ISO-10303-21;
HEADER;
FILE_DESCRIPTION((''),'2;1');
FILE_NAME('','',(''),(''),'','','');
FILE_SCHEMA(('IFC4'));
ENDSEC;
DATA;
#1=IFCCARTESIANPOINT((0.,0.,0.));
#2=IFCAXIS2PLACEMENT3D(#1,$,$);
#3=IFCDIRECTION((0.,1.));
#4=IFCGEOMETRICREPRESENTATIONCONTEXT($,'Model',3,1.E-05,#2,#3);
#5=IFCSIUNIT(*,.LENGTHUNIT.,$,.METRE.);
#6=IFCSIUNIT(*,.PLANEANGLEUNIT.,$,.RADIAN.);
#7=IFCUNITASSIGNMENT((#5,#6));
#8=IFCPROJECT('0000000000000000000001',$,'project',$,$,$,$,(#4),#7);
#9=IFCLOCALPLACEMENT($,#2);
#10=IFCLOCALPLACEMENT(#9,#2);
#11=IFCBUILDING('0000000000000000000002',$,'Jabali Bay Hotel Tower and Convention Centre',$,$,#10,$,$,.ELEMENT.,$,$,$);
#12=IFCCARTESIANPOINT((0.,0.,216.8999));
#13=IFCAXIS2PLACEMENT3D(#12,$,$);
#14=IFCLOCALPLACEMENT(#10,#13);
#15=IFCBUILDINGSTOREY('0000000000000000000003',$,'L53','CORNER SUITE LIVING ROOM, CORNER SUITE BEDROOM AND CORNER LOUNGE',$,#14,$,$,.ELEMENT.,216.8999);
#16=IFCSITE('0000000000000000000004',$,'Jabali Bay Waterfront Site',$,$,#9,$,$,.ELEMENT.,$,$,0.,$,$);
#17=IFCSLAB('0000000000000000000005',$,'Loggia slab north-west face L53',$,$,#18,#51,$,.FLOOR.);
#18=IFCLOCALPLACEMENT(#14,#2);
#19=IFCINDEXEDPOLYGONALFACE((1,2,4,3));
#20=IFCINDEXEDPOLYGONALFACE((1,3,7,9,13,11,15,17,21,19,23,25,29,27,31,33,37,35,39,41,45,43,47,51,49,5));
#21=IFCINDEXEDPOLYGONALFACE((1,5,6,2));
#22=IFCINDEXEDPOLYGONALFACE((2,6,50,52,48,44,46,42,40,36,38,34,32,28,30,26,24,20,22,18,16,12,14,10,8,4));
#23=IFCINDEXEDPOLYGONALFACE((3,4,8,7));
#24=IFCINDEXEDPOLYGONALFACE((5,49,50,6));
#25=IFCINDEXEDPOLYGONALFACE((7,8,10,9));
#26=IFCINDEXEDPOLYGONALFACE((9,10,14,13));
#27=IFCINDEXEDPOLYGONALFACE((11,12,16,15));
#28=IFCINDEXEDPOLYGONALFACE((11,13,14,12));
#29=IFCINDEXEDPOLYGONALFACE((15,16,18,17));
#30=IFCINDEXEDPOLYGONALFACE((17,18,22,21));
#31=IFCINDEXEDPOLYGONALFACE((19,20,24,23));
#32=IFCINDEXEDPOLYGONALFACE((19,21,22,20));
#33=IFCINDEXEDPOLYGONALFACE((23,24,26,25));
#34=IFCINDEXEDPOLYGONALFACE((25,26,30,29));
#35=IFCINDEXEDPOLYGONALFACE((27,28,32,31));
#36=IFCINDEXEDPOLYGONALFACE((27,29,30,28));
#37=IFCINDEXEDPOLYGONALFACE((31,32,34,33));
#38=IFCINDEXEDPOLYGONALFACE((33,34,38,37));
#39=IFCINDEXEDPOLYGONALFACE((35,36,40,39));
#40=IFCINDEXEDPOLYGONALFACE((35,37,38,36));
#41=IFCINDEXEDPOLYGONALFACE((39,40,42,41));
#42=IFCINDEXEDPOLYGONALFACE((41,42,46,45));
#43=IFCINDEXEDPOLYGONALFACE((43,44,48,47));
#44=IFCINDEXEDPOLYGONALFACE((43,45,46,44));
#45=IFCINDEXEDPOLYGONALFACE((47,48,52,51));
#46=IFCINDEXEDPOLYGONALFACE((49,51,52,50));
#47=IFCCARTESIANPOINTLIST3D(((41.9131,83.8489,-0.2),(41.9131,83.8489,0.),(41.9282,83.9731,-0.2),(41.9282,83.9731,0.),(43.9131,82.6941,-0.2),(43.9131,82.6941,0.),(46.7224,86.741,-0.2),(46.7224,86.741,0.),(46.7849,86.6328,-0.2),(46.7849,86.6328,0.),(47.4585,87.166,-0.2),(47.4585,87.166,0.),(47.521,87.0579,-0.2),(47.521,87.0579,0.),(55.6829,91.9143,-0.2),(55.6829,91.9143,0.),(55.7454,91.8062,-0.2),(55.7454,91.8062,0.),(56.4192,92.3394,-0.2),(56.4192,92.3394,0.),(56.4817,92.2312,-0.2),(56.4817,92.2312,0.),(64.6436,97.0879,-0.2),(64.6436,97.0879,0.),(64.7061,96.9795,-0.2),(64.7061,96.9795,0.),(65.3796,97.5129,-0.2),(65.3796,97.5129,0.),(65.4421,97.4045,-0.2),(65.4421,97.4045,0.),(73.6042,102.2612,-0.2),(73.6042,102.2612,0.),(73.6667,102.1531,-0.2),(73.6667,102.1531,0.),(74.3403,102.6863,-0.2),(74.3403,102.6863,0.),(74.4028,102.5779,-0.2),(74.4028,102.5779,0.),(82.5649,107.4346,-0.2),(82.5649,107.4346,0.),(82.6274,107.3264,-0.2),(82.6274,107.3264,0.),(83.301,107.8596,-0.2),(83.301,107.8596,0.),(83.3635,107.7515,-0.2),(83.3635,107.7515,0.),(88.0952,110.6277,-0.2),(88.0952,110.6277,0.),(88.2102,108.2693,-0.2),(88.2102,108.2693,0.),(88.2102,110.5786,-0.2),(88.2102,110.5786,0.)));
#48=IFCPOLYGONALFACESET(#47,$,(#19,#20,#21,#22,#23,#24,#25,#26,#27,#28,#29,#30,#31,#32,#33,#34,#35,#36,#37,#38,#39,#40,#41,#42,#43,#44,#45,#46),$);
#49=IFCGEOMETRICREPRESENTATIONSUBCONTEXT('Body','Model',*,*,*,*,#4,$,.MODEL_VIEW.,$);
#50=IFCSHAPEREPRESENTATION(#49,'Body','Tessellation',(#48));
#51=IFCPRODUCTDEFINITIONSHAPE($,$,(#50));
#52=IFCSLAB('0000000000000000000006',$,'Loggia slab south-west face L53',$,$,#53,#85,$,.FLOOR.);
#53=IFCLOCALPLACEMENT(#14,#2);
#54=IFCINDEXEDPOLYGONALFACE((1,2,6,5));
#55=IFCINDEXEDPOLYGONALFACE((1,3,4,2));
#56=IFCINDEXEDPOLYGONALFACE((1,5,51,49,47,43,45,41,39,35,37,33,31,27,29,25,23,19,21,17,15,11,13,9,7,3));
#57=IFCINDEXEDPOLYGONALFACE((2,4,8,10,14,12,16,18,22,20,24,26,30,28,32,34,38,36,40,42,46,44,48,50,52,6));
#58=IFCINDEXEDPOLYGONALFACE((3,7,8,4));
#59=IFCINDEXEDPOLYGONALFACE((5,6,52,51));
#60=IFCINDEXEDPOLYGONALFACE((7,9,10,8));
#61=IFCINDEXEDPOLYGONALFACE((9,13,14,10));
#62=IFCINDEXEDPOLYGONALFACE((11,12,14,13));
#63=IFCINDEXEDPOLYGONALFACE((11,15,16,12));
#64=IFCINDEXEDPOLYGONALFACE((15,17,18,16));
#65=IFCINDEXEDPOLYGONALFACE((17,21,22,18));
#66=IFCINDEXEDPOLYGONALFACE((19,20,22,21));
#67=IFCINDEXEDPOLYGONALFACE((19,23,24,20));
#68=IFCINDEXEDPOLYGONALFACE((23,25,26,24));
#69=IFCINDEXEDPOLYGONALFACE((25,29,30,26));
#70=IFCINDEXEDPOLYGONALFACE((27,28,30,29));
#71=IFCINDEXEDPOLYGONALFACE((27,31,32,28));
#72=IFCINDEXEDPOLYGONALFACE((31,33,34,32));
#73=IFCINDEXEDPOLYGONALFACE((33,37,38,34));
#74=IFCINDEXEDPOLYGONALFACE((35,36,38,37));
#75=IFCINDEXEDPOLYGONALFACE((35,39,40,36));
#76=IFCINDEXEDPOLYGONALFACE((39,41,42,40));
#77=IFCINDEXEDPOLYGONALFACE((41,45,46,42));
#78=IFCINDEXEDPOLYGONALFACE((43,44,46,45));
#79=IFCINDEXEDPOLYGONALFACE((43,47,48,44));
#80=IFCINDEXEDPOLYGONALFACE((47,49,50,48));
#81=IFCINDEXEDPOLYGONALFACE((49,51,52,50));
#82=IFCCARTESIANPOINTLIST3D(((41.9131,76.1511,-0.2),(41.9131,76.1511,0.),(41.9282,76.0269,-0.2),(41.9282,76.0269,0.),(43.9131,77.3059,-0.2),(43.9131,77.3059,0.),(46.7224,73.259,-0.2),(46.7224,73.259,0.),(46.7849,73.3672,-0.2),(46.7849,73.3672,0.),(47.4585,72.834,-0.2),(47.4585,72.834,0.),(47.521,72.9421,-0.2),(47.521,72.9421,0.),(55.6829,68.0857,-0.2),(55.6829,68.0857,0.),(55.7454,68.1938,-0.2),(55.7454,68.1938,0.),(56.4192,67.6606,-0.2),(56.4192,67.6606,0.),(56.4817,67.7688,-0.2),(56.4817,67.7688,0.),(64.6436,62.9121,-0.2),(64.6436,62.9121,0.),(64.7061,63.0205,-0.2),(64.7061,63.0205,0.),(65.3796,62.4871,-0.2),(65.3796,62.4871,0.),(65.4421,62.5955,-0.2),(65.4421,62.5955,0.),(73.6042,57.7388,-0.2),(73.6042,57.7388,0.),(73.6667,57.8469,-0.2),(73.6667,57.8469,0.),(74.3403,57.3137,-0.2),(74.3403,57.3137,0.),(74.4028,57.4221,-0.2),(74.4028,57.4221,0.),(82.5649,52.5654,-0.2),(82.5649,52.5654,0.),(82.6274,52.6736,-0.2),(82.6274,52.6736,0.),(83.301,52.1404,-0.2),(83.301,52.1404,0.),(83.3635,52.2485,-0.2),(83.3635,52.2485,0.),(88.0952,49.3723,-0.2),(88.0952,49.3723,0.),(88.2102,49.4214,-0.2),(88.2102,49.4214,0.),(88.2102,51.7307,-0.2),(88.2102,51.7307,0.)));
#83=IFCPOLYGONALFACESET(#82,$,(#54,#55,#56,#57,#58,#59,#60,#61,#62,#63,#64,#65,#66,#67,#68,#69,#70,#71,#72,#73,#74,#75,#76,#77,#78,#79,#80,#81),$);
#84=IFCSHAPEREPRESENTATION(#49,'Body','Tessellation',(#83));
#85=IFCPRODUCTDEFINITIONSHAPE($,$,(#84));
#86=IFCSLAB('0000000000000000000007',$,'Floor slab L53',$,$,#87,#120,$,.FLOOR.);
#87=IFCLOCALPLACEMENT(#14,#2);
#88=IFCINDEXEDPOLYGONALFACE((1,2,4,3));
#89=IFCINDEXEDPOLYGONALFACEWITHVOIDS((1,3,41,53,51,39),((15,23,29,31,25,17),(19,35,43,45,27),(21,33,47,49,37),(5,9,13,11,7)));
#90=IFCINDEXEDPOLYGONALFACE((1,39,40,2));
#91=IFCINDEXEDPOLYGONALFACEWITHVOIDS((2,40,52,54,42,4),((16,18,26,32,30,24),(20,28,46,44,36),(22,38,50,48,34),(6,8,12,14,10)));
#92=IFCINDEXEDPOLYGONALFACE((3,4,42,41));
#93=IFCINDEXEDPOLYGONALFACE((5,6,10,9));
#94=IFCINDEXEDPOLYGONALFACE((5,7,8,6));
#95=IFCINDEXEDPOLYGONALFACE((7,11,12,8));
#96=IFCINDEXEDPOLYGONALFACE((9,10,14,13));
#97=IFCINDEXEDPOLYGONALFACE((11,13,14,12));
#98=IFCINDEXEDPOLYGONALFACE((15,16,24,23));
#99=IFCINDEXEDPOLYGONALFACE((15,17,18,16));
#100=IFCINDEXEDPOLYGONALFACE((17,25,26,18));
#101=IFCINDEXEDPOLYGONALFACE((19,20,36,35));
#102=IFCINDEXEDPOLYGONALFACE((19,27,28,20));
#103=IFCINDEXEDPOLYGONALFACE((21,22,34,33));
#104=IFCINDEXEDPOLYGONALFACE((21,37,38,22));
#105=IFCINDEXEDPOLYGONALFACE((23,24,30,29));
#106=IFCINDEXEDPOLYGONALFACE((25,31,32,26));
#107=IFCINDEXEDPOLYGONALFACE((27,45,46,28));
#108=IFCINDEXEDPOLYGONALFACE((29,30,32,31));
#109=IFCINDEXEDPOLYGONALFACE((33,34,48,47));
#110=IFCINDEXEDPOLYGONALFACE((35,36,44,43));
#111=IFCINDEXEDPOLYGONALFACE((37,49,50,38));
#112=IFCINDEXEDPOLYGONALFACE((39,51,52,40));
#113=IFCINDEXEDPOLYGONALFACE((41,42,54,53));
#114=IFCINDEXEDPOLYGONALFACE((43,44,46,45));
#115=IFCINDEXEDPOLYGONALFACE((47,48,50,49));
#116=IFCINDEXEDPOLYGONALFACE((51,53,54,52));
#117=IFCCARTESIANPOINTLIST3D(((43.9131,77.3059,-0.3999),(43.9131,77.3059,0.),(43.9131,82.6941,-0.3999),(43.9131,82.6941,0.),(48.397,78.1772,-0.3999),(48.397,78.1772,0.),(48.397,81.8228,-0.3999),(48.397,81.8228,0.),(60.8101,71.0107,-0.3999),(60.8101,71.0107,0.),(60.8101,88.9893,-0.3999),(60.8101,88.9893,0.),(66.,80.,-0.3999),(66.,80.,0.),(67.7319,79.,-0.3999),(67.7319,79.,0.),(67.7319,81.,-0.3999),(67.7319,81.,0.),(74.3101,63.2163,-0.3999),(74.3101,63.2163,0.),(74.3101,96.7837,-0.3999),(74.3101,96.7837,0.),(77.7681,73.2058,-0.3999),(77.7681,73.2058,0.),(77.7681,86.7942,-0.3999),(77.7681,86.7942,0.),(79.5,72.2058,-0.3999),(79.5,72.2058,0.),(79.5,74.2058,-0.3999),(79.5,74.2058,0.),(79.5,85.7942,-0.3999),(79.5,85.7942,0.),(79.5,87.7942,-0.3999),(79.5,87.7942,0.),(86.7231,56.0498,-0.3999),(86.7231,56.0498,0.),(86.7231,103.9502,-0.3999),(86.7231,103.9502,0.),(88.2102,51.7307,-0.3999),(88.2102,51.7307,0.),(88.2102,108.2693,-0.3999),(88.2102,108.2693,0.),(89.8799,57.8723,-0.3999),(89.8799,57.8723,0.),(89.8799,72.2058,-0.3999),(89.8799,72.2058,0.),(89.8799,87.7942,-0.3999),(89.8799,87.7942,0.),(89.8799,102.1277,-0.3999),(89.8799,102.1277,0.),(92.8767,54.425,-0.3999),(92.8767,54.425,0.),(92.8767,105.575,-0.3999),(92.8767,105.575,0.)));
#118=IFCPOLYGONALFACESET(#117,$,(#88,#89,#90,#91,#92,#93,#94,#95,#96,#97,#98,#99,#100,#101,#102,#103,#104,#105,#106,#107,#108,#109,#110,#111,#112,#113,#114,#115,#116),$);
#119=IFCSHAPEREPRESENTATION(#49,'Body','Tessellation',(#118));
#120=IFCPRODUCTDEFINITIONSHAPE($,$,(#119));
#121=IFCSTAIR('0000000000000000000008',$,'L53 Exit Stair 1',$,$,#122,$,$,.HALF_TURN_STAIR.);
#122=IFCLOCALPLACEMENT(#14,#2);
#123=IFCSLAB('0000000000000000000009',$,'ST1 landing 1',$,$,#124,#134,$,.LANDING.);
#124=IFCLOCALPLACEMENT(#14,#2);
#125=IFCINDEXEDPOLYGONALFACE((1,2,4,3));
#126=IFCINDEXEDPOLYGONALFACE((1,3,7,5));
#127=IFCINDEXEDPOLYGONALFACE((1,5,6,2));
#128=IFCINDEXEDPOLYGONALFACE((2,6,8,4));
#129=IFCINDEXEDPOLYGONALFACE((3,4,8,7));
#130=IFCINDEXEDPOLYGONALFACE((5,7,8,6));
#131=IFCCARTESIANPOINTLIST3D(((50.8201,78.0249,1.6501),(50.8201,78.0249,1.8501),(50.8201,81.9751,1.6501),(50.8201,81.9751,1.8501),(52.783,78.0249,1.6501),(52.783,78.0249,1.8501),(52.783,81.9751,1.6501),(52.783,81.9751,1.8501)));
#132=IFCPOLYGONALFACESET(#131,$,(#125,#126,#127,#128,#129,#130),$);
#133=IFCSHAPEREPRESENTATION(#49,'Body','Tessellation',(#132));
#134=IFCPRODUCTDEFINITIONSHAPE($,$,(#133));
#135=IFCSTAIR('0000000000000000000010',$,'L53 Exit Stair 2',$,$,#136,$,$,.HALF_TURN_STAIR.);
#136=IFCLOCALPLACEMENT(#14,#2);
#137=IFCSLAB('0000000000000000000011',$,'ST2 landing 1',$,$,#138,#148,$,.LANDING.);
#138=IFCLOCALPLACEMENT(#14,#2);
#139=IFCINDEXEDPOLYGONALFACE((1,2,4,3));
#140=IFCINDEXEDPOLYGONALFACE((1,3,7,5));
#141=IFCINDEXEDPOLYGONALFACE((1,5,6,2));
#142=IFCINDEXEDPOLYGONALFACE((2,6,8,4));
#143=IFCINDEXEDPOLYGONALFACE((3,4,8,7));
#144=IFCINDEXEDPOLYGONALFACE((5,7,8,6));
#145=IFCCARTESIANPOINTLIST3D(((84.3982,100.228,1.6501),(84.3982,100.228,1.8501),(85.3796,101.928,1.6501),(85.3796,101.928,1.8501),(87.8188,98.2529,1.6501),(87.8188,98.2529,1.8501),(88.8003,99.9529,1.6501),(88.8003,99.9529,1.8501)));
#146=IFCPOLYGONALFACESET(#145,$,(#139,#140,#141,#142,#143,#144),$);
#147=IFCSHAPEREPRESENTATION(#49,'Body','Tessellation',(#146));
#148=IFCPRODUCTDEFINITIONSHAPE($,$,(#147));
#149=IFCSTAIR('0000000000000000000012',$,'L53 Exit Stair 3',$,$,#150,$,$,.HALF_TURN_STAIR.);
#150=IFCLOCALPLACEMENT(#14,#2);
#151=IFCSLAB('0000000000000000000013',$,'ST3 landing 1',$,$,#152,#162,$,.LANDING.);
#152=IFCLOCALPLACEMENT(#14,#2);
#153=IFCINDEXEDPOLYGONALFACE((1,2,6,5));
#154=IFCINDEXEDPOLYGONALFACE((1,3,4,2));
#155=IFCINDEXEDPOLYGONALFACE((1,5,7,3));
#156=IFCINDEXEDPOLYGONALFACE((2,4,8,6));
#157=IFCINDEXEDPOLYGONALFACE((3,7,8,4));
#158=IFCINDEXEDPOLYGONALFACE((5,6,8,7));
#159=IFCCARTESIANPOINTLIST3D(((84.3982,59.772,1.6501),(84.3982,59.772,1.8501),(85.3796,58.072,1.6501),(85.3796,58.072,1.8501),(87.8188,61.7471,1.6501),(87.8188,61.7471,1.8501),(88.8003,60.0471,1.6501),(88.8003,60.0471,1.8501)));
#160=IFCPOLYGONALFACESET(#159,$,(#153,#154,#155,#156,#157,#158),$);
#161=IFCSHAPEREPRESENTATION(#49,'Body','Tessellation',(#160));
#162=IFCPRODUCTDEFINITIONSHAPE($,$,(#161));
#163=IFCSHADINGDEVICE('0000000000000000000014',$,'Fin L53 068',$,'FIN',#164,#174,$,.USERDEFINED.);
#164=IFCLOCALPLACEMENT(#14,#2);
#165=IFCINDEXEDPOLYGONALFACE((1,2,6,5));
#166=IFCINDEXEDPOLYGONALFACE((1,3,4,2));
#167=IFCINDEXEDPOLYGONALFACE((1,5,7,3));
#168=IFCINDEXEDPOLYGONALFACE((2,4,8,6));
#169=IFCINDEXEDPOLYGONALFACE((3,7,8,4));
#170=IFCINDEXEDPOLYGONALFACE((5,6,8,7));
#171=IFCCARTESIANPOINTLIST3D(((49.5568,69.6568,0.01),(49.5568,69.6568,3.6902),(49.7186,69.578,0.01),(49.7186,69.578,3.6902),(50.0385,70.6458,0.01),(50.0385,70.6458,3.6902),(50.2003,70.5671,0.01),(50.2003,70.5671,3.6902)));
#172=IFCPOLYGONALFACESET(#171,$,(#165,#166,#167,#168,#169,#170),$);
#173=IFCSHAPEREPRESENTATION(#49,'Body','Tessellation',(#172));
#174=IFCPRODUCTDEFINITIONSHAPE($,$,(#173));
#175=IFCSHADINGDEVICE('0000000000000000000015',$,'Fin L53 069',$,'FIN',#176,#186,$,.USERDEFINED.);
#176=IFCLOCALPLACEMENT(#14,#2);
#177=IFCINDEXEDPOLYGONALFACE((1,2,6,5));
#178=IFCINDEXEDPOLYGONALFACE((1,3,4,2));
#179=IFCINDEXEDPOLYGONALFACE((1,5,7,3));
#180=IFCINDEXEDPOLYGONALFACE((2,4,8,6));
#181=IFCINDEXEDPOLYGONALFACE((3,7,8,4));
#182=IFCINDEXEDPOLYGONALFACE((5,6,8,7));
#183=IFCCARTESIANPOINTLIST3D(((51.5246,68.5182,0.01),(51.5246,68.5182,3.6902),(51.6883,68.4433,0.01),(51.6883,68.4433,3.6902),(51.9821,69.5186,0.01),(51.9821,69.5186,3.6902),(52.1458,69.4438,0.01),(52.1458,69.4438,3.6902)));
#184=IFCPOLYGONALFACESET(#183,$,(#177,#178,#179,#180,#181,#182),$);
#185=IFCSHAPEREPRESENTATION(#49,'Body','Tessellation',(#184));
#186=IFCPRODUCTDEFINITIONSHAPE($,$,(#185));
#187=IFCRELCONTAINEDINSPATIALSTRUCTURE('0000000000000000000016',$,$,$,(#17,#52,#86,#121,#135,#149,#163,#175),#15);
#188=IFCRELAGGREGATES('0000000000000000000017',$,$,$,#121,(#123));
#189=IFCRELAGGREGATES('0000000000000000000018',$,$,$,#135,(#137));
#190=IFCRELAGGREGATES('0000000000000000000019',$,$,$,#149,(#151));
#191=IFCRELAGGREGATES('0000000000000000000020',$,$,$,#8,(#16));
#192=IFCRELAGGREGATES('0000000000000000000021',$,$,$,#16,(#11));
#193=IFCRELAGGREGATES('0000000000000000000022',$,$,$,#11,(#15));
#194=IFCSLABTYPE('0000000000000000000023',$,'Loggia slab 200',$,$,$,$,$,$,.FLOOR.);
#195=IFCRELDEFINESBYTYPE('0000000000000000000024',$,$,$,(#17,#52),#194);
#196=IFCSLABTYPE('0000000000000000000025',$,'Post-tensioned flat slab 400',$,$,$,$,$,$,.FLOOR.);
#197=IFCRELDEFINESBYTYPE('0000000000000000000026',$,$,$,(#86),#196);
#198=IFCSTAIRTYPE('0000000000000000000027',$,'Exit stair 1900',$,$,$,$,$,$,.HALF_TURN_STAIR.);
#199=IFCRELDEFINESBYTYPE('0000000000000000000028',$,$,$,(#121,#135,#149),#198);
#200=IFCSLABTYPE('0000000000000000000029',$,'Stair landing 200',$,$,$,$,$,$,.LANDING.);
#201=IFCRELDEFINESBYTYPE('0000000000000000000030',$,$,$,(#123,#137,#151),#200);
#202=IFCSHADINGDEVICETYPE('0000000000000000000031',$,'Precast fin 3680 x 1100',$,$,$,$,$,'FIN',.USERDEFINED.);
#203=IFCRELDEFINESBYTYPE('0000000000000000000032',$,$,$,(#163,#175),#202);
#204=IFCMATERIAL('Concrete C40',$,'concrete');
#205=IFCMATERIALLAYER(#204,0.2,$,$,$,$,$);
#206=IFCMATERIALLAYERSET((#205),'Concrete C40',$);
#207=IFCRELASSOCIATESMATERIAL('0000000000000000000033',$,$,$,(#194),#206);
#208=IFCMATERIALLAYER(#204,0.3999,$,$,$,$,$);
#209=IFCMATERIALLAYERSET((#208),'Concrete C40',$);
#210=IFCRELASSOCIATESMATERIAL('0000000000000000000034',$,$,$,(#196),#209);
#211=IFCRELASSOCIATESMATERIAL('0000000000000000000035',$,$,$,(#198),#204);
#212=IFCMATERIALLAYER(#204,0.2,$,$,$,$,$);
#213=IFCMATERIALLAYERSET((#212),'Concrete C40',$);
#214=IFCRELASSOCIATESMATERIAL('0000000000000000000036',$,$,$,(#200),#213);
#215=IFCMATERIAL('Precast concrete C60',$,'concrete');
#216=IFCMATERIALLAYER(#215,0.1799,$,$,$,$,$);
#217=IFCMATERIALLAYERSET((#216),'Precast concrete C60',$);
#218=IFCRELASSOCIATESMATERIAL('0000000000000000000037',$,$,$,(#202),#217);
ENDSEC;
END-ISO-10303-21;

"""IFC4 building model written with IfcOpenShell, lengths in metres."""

from ifc_helpers import new_model, si_unit, direction, frame, frame_2d, origin, place, context, subcontext, project, spatial, polyline, rectangle, outline, extrude, material, layer, layer_set, type_object, element, aggregate, save


model = new_model("IFC4")

# Units and contexts
model_context = context("Model", 3, precision=1e-05, world=origin(), true_north=direction((0.0, 1.0)))
body_context = subcontext(model_context, "Body", "Model", "MODEL_VIEW")
ifc_project = project(units=[si_unit("LENGTHUNIT", "METRE"), si_unit("PLANEANGLEUNIT", "RADIAN")], contexts=[model_context])

# Site, building, storey
site_placement = place(None, origin())
site = spatial("IfcSite", under=ifc_project, at=site_placement, Name="Jabali Bay Waterfront Site", CompositionType="ELEMENT", RefElevation=0.0)
building_placement = place(site_placement, origin())
building = spatial("IfcBuilding", under=site, at=building_placement, Name="Jabali Bay Hotel Tower and Convention Centre", CompositionType="ELEMENT")
storey_placement = place(building_placement, frame((0.0, 0.0, 216.8999)))
storey = spatial("IfcBuildingStorey", under=building, at=storey_placement, Name="L53", Description="CORNER SUITE LIVING ROOM, CORNER SUITE BEDROOM AND CORNER LOUNGE", CompositionType="ELEMENT", Elevation=216.8999)

# Slabs
ifc_material_1 = material(Name="Concrete C40", Category="concrete")
ifc_layer_1 = layer(ifc_material_1, 0.2)
ifc_layer_set_1 = layer_set([ifc_layer_1], Name="Concrete C40")
slab_type_1 = type_object("IfcSlabType", Name="Loggia slab 200", PredefinedType="FLOOR", material=ifc_layer_set_1)
slab_1_placement = place(storey_placement, frame((0.0, 0.0, -0.2)))
element("IfcSlab", 1, at=slab_1_placement, inside=storey, type_object=slab_type_1, Name="Loggia slab north-west face L53", PredefinedType="FLOOR", context=body_context, shape_type="SweptSolid", body=[
    extrude(outline(polyline([(43.9131, 82.6941), (41.9131, 83.8489), (41.9282, 83.9731), (46.7224, 86.741), (46.7849, 86.6328), (47.521, 87.0579), (47.4585, 87.166), (55.6829, 91.9143), (55.7454, 91.8062), (56.4817, 92.2312), (56.4192, 92.3394), (64.6436, 97.0879), (64.7061, 96.9795), (65.4421, 97.4045), (65.3796, 97.5129), (73.6042, 102.2612), (73.6667, 102.1531), (74.4028, 102.5779), (74.3403, 102.6863), (82.5649, 107.4346), (82.6274, 107.3264), (83.3635, 107.7515), (83.301, 107.8596), (88.0952, 110.6277), (88.2102, 110.5786), (88.2102, 108.2693), (43.9131, 82.6941)])), origin(), (0.0, 0.0, 1.0), 0.2),
])
slab_2_placement = place(storey_placement, frame((0.0, 0.0, -0.2)))
element("IfcSlab", 2, at=slab_2_placement, inside=storey, type_object=slab_type_1, Name="Loggia slab south-west face L53", PredefinedType="FLOOR", context=body_context, shape_type="SweptSolid", body=[
    extrude(outline(polyline([(88.2102, 51.7307), (88.2102, 49.4214), (88.0952, 49.3723), (83.301, 52.1404), (83.3635, 52.2485), (82.6274, 52.6736), (82.5649, 52.5654), (74.3403, 57.3137), (74.4028, 57.4221), (73.6667, 57.8469), (73.6042, 57.7388), (65.3796, 62.4871), (65.4421, 62.5955), (64.7061, 63.0205), (64.6436, 62.9121), (56.4192, 67.6606), (56.4817, 67.7688), (55.7454, 68.1938), (55.6829, 68.0857), (47.4585, 72.834), (47.521, 72.9421), (46.7849, 73.3672), (46.7224, 73.259), (41.9282, 76.0269), (41.9131, 76.1511), (43.9131, 77.3059), (88.2102, 51.7307)])), origin(), (0.0, 0.0, 1.0), 0.2),
])
ifc_layer_2 = layer(ifc_material_1, 0.3999)
ifc_layer_set_2 = layer_set([ifc_layer_2], Name="Concrete C40")
slab_type_2 = type_object("IfcSlabType", Name="Post-tensioned flat slab 400", PredefinedType="FLOOR", material=ifc_layer_set_2)
slab_3_placement = place(storey_placement, frame((0.0, 0.0, -0.3999)))
element("IfcSlab", 3, at=slab_3_placement, inside=storey, type_object=slab_type_2, Name="Floor slab L53", PredefinedType="FLOOR", context=body_context, shape_type="SweptSolid", body=[
    extrude(outline(polyline([(88.2102, 108.2693), (92.8767, 105.575), (92.8767, 54.425), (88.2102, 51.7307), (43.9131, 77.3059), (43.9131, 82.6941), (88.2102, 108.2693)]), holes=[polyline([(67.7319, 79.0), (77.7681, 73.2058), (79.5, 74.2058), (79.5, 85.7942), (77.7681, 86.7942), (67.7319, 81.0), (67.7319, 79.0)]), polyline([(48.397, 78.1772), (60.8101, 71.0107), (66.0, 80.0), (60.8101, 88.9893), (48.397, 81.8228), (48.397, 78.1772)]), polyline([(89.8799, 102.1277), (86.7231, 103.9502), (74.3101, 96.7837), (79.5, 87.7942), (89.8799, 87.7942), (89.8799, 102.1277)]), polyline([(74.3101, 63.2163), (86.7231, 56.0498), (89.8799, 57.8723), (89.8799, 72.2058), (79.5, 72.2058), (74.3101, 63.2163)])]), origin(), (0.0, 0.0, 1.0), 0.3999),
])

# Stairs, slabs
stair_type = type_object("IfcStairType", Name="Exit stair 1900", PredefinedType="HALF_TURN_STAIR", material=ifc_material_1)
stair_1_placement = place(storey_placement, origin())
stair_1 = element("IfcStair", 4, at=stair_1_placement, inside=storey, type_object=stair_type, Name="L53 Exit Stair 1", PredefinedType="HALF_TURN_STAIR")
ifc_layer_3 = layer(ifc_material_1, 0.2)
ifc_layer_set_3 = layer_set([ifc_layer_3], Name="Concrete C40")
slab_type_3 = type_object("IfcSlabType", Name="Stair landing 200", PredefinedType="LANDING", material=ifc_layer_set_3)
slab_4_placement = place(storey_placement, frame((0.0, 0.0, 1.6501)))
slab_4 = element("IfcSlab", 5, at=slab_4_placement, type_object=slab_type_3, Name="ST1 landing 1", PredefinedType="LANDING", context=body_context, shape_type="SweptSolid", body=[
    extrude(outline(polyline([(52.783, 81.9751), (50.8201, 81.9751), (50.8201, 78.0249), (52.783, 78.0249), (52.783, 81.9751)])), origin(), (0.0, 0.0, 1.0), 0.2),
])
aggregate(stair_1, [slab_4])
stair_2_placement = place(storey_placement, origin())
stair_2 = element("IfcStair", 6, at=stair_2_placement, inside=storey, type_object=stair_type, Name="L53 Exit Stair 2", PredefinedType="HALF_TURN_STAIR")
slab_5_placement = place(storey_placement, frame((0.0, 0.0, 1.6501)))
slab_5 = element("IfcSlab", 7, at=slab_5_placement, type_object=slab_type_3, Name="ST2 landing 1", PredefinedType="LANDING", context=body_context, shape_type="SweptSolid", body=[
    extrude(outline(polyline([(87.8188, 98.2529), (88.8003, 99.9529), (85.3796, 101.928), (84.3982, 100.228), (87.8188, 98.2529)])), origin(), (0.0, 0.0, 1.0), 0.2),
])
aggregate(stair_2, [slab_5])
stair_3_placement = place(storey_placement, origin())
stair_3 = element("IfcStair", 8, at=stair_3_placement, inside=storey, type_object=stair_type, Name="L53 Exit Stair 3", PredefinedType="HALF_TURN_STAIR")
slab_6_placement = place(storey_placement, frame((0.0, 0.0, 1.6501)))
slab_6 = element("IfcSlab", 9, at=slab_6_placement, type_object=slab_type_3, Name="ST3 landing 1", PredefinedType="LANDING", context=body_context, shape_type="SweptSolid", body=[
    extrude(outline(polyline([(84.3982, 59.772), (85.3796, 58.072), (88.8003, 60.0471), (87.8188, 61.7471), (84.3982, 59.772)])), origin(), (0.0, 0.0, 1.0), 0.2),
])
aggregate(stair_3, [slab_6])

# Shading devices
ifc_material_2 = material(Name="Precast concrete C60", Category="concrete")
ifc_layer_4 = layer(ifc_material_2, 0.1799)
ifc_layer_set_4 = layer_set([ifc_layer_4], Name="Precast concrete C60")
shading_device_type = type_object("IfcShadingDeviceType", Name="Precast fin 3680 x 1100", ElementType="FIN", PredefinedType="USERDEFINED", material=ifc_layer_set_4)
for number, where, z_axis, x_axis, name in (
    (10, (50.1194, 70.6064, 0.01), (0.0, 0.0, 1.0), (-0.437868, -0.899039, 0.0), "Fin L53 068"),
    (11, (52.064, 69.4812, 0.01), (0.0, 0.0, 1.0), (-0.415875, -0.909422, 0.0), "Fin L53 069"),
):
    element("IfcShadingDevice", number, at=place(storey_placement, frame(where, z_axis=z_axis, x_axis=x_axis)), inside=storey, type_object=shading_device_type, Name=name, ObjectType="FIN", PredefinedType="USERDEFINED", context=body_context, shape_type="SweptSolid", body=[
        extrude(rectangle(XDim=1.1001, YDim=0.1799, at=frame_2d((0.55, 0.0))), origin(), (0.0, 0.0, 1.0), 3.6802),
    ])

save(model, "model.ifc")
